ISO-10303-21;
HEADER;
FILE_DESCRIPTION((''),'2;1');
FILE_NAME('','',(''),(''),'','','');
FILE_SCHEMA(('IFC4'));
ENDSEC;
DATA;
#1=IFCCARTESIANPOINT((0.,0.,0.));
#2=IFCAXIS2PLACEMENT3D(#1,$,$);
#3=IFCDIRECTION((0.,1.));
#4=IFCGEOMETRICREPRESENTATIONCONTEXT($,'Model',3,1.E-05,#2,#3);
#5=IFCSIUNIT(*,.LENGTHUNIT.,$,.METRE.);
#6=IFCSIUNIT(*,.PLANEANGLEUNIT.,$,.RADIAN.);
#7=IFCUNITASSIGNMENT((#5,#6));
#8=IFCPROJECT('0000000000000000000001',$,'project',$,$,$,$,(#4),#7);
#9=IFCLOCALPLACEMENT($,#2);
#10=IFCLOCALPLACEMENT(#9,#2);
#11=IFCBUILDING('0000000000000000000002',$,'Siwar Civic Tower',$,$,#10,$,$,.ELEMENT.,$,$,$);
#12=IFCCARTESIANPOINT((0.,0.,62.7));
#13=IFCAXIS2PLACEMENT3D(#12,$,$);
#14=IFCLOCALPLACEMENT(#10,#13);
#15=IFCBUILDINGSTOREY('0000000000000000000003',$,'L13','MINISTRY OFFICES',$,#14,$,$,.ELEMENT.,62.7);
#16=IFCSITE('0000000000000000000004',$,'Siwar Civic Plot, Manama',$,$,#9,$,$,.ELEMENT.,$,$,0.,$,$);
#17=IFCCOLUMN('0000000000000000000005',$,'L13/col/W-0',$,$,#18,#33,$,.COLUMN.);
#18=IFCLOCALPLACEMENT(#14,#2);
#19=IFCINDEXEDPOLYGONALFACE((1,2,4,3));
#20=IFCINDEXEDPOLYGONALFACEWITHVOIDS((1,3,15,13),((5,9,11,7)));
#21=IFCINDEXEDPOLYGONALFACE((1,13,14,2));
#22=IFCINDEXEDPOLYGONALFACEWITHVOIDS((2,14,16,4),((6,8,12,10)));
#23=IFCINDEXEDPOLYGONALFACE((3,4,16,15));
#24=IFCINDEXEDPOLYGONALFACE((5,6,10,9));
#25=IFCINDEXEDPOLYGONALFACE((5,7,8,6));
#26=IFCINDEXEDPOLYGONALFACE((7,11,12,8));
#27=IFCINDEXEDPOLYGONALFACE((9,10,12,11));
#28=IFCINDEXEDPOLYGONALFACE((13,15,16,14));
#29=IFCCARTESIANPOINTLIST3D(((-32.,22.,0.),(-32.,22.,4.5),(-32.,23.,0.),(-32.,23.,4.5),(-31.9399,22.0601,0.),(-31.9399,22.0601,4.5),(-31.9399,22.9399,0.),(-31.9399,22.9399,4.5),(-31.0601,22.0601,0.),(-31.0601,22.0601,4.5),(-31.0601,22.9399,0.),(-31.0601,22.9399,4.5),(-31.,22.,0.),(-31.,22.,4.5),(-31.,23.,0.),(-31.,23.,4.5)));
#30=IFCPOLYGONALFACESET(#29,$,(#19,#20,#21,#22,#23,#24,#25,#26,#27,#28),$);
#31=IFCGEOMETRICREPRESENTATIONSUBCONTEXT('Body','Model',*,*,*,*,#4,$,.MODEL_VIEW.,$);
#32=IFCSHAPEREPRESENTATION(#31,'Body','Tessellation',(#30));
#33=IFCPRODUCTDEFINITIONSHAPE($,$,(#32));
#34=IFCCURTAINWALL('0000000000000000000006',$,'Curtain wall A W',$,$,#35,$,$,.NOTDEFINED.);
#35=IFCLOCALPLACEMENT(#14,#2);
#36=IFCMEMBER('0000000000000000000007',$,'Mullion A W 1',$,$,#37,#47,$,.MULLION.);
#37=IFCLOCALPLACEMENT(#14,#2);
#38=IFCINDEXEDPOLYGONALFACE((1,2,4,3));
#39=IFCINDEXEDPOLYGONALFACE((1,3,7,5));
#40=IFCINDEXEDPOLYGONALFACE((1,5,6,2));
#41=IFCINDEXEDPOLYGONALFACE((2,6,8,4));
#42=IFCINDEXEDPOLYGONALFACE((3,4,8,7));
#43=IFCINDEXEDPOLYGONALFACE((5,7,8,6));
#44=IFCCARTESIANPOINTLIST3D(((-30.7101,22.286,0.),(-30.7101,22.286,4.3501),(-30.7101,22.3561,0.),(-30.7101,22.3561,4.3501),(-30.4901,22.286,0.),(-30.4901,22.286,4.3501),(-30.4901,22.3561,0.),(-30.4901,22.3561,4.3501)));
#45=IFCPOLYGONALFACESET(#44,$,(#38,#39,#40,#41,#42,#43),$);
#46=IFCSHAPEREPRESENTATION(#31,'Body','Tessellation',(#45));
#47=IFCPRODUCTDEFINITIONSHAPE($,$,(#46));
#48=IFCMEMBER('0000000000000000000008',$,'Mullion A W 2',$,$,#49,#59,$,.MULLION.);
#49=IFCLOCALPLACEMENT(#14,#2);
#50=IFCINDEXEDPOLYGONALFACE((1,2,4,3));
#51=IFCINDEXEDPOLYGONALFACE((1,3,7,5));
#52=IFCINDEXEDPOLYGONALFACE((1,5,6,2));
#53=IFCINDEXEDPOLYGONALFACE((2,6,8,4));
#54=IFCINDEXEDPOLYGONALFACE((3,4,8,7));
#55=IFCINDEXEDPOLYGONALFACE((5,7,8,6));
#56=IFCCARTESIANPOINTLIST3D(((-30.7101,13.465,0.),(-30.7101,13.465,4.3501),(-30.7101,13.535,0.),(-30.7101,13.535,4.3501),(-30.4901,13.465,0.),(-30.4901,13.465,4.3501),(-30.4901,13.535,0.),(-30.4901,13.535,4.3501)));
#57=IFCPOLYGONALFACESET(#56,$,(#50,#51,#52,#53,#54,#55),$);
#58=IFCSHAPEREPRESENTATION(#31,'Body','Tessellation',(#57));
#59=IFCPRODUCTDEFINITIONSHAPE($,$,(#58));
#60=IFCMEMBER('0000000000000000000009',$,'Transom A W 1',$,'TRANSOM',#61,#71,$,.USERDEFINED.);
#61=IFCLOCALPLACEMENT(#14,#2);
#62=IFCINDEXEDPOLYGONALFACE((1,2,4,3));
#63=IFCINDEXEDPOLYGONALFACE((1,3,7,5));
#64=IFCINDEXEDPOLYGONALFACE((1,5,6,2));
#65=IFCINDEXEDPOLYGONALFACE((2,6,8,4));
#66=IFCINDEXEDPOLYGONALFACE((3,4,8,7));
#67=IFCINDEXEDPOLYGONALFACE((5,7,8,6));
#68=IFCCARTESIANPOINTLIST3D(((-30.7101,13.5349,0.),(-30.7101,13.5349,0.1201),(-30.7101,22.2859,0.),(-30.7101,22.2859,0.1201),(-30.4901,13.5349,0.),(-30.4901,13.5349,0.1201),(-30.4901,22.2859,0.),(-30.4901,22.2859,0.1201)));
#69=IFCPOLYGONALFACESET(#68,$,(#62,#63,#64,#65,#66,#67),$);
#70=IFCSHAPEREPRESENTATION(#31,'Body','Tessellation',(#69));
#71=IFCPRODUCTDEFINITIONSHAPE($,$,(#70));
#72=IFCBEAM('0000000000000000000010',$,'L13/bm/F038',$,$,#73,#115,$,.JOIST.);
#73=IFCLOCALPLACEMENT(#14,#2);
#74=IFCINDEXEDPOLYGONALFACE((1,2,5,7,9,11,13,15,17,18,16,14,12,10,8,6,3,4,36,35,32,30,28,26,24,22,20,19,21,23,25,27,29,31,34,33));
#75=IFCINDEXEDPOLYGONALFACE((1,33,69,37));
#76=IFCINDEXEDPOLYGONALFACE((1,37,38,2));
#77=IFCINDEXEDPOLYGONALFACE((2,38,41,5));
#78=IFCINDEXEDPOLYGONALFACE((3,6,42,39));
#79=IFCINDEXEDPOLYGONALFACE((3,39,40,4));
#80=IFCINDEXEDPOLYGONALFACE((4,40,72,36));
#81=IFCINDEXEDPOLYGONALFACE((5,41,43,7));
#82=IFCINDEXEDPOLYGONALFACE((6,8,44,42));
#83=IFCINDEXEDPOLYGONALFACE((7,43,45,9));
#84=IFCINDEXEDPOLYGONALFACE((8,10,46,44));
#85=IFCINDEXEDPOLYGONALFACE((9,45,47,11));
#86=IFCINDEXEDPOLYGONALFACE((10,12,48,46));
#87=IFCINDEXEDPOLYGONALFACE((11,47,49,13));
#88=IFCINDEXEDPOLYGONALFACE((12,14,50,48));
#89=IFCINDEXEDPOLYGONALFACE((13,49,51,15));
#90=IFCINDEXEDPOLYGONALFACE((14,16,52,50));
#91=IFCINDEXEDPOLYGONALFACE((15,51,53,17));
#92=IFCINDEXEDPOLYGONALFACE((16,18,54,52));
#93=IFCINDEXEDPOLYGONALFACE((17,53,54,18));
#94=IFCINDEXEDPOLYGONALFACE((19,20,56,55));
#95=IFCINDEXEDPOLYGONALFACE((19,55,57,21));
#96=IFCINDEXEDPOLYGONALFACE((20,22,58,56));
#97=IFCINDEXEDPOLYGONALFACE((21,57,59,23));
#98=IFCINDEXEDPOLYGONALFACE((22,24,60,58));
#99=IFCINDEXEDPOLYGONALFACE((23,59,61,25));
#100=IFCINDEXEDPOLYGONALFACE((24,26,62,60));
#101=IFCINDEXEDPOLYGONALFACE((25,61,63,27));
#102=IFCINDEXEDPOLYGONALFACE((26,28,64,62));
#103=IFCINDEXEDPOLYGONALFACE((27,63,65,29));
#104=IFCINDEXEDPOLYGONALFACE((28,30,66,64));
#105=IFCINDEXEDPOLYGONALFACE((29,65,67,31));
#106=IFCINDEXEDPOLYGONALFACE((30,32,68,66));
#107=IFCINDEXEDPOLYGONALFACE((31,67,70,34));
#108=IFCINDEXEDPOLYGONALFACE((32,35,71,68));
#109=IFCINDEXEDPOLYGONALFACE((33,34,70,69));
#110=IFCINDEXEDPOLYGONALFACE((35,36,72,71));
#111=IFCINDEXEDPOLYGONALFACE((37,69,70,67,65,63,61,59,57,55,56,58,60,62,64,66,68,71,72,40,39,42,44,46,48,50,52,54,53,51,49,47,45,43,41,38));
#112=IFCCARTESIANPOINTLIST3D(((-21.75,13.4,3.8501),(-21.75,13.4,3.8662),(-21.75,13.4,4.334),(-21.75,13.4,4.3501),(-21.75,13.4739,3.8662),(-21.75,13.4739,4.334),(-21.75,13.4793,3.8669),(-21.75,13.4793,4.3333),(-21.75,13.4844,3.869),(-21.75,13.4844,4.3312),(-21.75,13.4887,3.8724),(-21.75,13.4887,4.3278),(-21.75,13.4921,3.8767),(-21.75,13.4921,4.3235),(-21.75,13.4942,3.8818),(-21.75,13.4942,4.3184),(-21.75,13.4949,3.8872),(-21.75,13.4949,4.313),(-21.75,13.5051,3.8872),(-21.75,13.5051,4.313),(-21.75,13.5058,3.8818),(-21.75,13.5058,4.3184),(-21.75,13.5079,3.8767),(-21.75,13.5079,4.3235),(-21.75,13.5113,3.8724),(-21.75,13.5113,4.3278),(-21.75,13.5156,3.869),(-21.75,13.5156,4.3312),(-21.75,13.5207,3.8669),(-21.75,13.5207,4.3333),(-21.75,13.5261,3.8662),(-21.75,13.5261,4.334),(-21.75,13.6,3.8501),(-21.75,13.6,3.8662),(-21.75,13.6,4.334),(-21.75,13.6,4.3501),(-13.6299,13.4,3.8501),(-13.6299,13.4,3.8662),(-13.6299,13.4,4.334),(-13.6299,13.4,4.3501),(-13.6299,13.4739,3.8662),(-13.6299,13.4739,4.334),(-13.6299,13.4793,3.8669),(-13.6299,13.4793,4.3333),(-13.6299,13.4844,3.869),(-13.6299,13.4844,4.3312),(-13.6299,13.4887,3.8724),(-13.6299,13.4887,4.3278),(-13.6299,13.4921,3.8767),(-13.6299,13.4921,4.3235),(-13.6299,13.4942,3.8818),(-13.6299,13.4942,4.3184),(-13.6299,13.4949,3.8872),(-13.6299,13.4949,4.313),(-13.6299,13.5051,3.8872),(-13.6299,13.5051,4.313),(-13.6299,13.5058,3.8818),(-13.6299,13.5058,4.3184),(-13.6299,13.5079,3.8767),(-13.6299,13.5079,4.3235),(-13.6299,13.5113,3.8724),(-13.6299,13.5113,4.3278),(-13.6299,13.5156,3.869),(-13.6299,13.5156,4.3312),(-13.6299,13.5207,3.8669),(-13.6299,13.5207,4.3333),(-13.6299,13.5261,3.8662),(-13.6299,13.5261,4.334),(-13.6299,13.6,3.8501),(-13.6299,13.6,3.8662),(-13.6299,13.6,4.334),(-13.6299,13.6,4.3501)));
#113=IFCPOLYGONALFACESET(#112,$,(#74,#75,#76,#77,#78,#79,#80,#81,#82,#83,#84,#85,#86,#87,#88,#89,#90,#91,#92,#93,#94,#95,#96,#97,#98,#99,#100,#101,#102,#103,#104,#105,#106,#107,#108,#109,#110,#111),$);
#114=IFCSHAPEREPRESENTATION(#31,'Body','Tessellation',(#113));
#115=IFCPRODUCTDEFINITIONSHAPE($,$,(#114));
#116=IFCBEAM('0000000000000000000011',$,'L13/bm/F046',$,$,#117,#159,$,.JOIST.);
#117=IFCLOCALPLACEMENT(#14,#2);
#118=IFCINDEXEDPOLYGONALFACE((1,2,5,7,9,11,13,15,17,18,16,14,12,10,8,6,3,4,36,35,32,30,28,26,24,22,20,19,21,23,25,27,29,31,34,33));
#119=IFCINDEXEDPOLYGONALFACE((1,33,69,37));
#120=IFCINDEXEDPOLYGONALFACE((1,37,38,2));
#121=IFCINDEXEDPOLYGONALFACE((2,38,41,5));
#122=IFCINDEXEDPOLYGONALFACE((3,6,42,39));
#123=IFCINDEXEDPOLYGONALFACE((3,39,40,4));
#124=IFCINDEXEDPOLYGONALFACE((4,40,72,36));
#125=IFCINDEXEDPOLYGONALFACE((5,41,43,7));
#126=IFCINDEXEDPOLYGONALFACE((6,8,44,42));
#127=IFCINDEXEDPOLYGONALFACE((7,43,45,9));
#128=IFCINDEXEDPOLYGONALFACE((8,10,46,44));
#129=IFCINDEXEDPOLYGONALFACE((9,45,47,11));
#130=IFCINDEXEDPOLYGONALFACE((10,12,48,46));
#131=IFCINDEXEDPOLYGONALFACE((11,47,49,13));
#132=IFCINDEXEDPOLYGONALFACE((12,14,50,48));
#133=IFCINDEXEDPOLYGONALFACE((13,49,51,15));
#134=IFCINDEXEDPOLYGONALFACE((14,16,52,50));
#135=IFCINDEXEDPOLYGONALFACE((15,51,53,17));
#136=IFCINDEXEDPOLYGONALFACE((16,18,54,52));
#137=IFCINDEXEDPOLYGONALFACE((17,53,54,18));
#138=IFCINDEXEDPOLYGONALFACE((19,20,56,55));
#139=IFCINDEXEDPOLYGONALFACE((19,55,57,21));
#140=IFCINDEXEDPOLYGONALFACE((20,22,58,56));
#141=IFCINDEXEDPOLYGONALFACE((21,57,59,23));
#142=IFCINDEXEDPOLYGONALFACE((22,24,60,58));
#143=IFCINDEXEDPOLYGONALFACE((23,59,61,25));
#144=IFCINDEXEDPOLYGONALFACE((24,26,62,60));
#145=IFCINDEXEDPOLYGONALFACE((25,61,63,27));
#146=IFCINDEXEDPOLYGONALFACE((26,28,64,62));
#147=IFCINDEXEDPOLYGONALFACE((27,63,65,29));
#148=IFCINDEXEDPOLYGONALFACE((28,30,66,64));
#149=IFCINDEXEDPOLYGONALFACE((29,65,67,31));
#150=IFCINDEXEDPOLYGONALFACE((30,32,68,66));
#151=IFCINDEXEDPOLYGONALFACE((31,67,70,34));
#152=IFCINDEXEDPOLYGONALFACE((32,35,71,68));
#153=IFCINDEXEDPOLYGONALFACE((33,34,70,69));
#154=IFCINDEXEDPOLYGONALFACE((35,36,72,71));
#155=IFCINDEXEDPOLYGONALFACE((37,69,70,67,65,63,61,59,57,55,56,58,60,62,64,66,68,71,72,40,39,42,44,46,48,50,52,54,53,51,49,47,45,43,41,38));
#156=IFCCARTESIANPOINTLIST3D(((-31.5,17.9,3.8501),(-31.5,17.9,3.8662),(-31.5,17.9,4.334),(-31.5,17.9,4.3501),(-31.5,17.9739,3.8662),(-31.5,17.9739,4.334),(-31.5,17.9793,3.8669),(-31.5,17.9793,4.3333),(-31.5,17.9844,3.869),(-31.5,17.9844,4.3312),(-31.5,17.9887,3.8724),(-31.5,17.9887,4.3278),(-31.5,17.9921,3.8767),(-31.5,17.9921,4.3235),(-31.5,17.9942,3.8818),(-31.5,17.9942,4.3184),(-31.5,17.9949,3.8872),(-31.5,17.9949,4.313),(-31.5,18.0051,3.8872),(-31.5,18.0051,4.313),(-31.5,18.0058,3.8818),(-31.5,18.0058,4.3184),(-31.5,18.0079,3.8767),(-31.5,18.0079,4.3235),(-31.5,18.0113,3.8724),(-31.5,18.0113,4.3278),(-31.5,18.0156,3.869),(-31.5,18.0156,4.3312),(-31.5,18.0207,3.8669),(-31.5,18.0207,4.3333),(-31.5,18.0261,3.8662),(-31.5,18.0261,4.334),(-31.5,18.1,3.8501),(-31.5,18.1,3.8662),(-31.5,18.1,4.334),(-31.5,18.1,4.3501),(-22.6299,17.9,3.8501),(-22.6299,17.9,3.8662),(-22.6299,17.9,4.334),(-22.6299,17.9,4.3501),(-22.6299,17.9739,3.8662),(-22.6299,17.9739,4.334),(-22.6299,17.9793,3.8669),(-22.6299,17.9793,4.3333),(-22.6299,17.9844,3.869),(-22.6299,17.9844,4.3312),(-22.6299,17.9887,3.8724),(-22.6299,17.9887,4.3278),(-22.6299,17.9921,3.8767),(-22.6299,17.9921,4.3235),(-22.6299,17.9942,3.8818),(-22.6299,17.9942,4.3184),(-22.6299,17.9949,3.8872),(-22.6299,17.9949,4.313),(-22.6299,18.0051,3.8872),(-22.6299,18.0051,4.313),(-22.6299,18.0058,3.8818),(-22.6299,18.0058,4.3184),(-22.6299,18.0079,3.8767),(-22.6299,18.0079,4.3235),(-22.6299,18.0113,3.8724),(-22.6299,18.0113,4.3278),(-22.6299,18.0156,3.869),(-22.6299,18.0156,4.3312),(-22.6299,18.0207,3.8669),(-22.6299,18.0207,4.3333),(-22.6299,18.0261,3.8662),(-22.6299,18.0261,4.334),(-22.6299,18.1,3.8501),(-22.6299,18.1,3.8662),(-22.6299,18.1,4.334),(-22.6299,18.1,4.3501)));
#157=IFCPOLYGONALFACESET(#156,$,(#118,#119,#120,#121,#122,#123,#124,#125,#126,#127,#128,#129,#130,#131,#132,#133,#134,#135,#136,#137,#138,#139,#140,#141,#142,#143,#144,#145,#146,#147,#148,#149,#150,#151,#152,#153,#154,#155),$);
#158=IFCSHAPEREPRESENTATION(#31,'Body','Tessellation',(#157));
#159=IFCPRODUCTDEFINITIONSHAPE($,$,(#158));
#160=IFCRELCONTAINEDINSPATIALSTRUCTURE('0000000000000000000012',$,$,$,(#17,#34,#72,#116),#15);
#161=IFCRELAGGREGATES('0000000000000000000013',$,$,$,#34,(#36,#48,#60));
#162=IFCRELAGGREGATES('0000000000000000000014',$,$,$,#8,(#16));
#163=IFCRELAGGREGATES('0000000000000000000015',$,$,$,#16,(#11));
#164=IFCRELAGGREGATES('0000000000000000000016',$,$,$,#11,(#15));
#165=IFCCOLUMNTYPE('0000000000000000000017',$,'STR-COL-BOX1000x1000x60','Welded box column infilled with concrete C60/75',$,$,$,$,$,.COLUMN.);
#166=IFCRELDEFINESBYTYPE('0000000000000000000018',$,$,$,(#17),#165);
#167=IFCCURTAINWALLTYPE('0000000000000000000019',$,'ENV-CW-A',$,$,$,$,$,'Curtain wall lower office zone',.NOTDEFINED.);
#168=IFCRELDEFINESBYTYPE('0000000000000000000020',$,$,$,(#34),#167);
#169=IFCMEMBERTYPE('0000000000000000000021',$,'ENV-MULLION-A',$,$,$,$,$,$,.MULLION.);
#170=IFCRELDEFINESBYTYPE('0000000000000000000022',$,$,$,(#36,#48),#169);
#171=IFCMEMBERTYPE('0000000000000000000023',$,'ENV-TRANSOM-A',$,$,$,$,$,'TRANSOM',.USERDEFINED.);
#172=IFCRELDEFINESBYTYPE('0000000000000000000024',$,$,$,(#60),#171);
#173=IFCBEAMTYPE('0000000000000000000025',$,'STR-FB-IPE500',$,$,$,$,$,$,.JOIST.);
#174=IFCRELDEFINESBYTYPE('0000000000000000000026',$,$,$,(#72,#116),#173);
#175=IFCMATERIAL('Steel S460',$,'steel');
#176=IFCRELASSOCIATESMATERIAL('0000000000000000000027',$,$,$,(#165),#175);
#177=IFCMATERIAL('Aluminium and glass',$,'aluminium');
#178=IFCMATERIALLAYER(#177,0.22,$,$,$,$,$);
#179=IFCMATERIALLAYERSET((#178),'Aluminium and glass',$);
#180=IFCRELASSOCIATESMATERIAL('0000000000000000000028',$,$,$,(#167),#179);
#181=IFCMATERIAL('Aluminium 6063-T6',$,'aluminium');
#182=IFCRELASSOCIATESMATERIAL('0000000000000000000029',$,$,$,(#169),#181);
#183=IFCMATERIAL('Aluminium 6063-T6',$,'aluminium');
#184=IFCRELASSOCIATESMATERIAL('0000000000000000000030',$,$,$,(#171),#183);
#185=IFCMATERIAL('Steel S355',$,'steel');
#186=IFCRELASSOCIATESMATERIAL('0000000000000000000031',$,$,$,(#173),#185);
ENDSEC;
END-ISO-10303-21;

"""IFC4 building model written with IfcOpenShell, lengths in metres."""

from ifc_helpers import new_model, si_unit, direction, frame, origin, origin_2d, place, context, subcontext, project, spatial, rectangle, hollow_rectangle, i_section, extrude, material, layer, layer_set, material_profile, profile_set, type_object, element, aggregate, save


model = new_model("IFC4")

# Units and contexts
model_context = context("Model", 3, precision=1e-05, world=origin(), true_north=direction((0.0, 1.0)))
body_context = subcontext(model_context, "Body", "Model", "MODEL_VIEW")
ifc_project = project(units=[si_unit("LENGTHUNIT", "METRE"), si_unit("PLANEANGLEUNIT", "RADIAN")], contexts=[model_context])

# Site, building, storey
site_placement = place(None, origin())
site = spatial("IfcSite", under=ifc_project, at=site_placement, Name="Siwar Civic Plot, Manama", CompositionType="ELEMENT", RefElevation=0.0)
building_placement = place(site_placement, origin())
building = spatial("IfcBuilding", under=site, at=building_placement, Name="Siwar Civic Tower", CompositionType="ELEMENT")
storey_placement = place(building_placement, frame((0.0, 0.0, 62.7)))
storey = spatial("IfcBuildingStorey", under=building, at=storey_placement, Name="L13", Description="MINISTRY OFFICES", CompositionType="ELEMENT", Elevation=62.7)

# Column
ifc_material_1 = material(Name="Steel S460", Category="steel")
ifc_material_profile_1 = material_profile(ifc_material_1, hollow_rectangle(XDim=1.0, YDim=1.0, WallThickness=0.0601, at=origin_2d()), Name="BOX1000x1000x60")
ifc_profile_set_1 = profile_set([ifc_material_profile_1], Name="Steel S460")
column_type = type_object("IfcColumnType", Name="STR-COL-BOX1000x1000x60", Description="Welded box column infilled with concrete C60/75", PredefinedType="COLUMN", material=ifc_profile_set_1)
column_placement = place(storey_placement, frame((-31.5, 22.5, 0.0), z_axis=(0.0, 0.0, 1.0), x_axis=(1.0, 0.0, 0.0)))
element("IfcColumn", 1, at=column_placement, inside=storey, type_object=column_type, Name="L13/col/W-0", PredefinedType="COLUMN", context=body_context, shape_type="SweptSolid", body=[
    extrude(hollow_rectangle(XDim=1.0, YDim=1.0, WallThickness=0.0601, at=origin_2d()), origin(), (0.0, 0.0, 1.0), 4.5),
])

# Curtain wall, members
ifc_material_2 = material(Name="Aluminium and glass", Category="aluminium")
ifc_layer_1 = layer(ifc_material_2, 0.22)
ifc_layer_set_1 = layer_set([ifc_layer_1], Name="Aluminium and glass")
curtain_wall_type = type_object("IfcCurtainWallType", Name="ENV-CW-A", ElementType="Curtain wall lower office zone", PredefinedType="NOTDEFINED", material=ifc_layer_set_1)
curtain_wall_placement = place(storey_placement, origin())
curtain_wall = element("IfcCurtainWall", 2, at=curtain_wall_placement, inside=storey, type_object=curtain_wall_type, Name="Curtain wall A W", PredefinedType="NOTDEFINED")
ifc_material_3 = material(Name="Aluminium 6063-T6", Category="aluminium")
ifc_material_profile_2 = material_profile(ifc_material_3, rectangle(XDim=0.22, YDim=0.0701, at=origin_2d()), Name="AL 220x70")
ifc_profile_set_2 = profile_set([ifc_material_profile_2], Name="Aluminium 6063-T6")
member_type_1 = type_object("IfcMemberType", Name="ENV-MULLION-A", PredefinedType="MULLION", material=ifc_profile_set_2)
member_1_placement = place(storey_placement, frame((-30.6001, 22.321, 0.0), z_axis=(0.0, 0.0, 1.0), x_axis=(1.0, 0.0, 0.0)))
member_1 = element("IfcMember", 3, at=member_1_placement, type_object=member_type_1, Name="Mullion A W 1", PredefinedType="MULLION", context=body_context, shape_type="SweptSolid", body=[
    extrude(rectangle(XDim=0.22, YDim=0.0701, at=origin_2d()), origin(), (0.0, 0.0, 1.0), 4.3501),
])
member_2_placement = place(storey_placement, frame((-30.6001, 13.5, 0.0), z_axis=(0.0, 0.0, 1.0), x_axis=(1.0, 0.0, 0.0)))
member_2 = element("IfcMember", 4, at=member_2_placement, type_object=member_type_1, Name="Mullion A W 2", PredefinedType="MULLION", context=body_context, shape_type="SweptSolid", body=[
    extrude(rectangle(XDim=0.22, YDim=0.0701, at=origin_2d()), origin(), (0.0, 0.0, 1.0), 4.3501),
])
ifc_material_4 = material(Name="Aluminium 6063-T6", Category="aluminium")
ifc_material_profile_3 = material_profile(ifc_material_4, rectangle(XDim=0.22, YDim=0.1201, at=origin_2d()), Name="AL 220x120")
ifc_profile_set_3 = profile_set([ifc_material_profile_3], Name="Aluminium 6063-T6")
member_type_2 = type_object("IfcMemberType", Name="ENV-TRANSOM-A", ElementType="TRANSOM", PredefinedType="USERDEFINED", material=ifc_profile_set_3)
member_3_placement = place(storey_placement, frame((-30.6001, 22.2859, 0.0601), z_axis=(0.0, -1.0, 0.0), x_axis=(1.0, 0.0, 0.0)))
member_3 = element("IfcMember", 5, at=member_3_placement, type_object=member_type_2, Name="Transom A W 1", ObjectType="TRANSOM", PredefinedType="USERDEFINED", context=body_context, shape_type="SweptSolid", body=[
    extrude(rectangle(XDim=0.22, YDim=0.1201, at=origin_2d()), origin(), (0.0, 0.0, 1.0), 8.751),
])

# Beams
ifc_material_5 = material(Name="Steel S355", Category="steel")
ifc_material_profile_4 = material_profile(ifc_material_5, i_section(OverallWidth=0.2, OverallDepth=0.5, WebThickness=0.0103, FlangeThickness=0.0161, FilletRadius=0.021, at=origin_2d()), Name="IPE500")
ifc_profile_set_4 = profile_set([ifc_material_profile_4], Name="Steel S355")
beam_type_1 = type_object("IfcBeamType", Name="STR-FB-IPE500", PredefinedType="JOIST", material=ifc_profile_set_4)
beam_1_placement = place(storey_placement, frame((-21.75, 13.5, 4.1001), z_axis=(1.0, 0.0, 0.0), x_axis=(0.0, 1.0, 0.0)))
element("IfcBeam", 6, at=beam_1_placement, inside=storey, type_object=beam_type_1, Name="L13/bm/F038", PredefinedType="JOIST", context=body_context, shape_type="SweptSolid", body=[
    extrude(i_section(OverallWidth=0.2, OverallDepth=0.5, WebThickness=0.0103, FlangeThickness=0.0161, FilletRadius=0.021, at=origin_2d()), origin(), (0.0, 0.0, 1.0), 8.1201),
])
beam_2_placement = place(storey_placement, frame((-31.5, 18.0, 4.1001), z_axis=(1.0, 0.0, 0.0), x_axis=(0.0, 1.0, 0.0)))
element("IfcBeam", 7, at=beam_2_placement, inside=storey, type_object=beam_type_1, Name="L13/bm/F046", PredefinedType="JOIST", context=body_context, shape_type="SweptSolid", body=[
    extrude(i_section(OverallWidth=0.2, OverallDepth=0.5, WebThickness=0.0103, FlangeThickness=0.0161, FilletRadius=0.021, at=origin_2d()), origin(), (0.0, 0.0, 1.0), 8.8701),
])

aggregate(curtain_wall, [member_1, member_2, member_3])

save(model, "model.ifc")
